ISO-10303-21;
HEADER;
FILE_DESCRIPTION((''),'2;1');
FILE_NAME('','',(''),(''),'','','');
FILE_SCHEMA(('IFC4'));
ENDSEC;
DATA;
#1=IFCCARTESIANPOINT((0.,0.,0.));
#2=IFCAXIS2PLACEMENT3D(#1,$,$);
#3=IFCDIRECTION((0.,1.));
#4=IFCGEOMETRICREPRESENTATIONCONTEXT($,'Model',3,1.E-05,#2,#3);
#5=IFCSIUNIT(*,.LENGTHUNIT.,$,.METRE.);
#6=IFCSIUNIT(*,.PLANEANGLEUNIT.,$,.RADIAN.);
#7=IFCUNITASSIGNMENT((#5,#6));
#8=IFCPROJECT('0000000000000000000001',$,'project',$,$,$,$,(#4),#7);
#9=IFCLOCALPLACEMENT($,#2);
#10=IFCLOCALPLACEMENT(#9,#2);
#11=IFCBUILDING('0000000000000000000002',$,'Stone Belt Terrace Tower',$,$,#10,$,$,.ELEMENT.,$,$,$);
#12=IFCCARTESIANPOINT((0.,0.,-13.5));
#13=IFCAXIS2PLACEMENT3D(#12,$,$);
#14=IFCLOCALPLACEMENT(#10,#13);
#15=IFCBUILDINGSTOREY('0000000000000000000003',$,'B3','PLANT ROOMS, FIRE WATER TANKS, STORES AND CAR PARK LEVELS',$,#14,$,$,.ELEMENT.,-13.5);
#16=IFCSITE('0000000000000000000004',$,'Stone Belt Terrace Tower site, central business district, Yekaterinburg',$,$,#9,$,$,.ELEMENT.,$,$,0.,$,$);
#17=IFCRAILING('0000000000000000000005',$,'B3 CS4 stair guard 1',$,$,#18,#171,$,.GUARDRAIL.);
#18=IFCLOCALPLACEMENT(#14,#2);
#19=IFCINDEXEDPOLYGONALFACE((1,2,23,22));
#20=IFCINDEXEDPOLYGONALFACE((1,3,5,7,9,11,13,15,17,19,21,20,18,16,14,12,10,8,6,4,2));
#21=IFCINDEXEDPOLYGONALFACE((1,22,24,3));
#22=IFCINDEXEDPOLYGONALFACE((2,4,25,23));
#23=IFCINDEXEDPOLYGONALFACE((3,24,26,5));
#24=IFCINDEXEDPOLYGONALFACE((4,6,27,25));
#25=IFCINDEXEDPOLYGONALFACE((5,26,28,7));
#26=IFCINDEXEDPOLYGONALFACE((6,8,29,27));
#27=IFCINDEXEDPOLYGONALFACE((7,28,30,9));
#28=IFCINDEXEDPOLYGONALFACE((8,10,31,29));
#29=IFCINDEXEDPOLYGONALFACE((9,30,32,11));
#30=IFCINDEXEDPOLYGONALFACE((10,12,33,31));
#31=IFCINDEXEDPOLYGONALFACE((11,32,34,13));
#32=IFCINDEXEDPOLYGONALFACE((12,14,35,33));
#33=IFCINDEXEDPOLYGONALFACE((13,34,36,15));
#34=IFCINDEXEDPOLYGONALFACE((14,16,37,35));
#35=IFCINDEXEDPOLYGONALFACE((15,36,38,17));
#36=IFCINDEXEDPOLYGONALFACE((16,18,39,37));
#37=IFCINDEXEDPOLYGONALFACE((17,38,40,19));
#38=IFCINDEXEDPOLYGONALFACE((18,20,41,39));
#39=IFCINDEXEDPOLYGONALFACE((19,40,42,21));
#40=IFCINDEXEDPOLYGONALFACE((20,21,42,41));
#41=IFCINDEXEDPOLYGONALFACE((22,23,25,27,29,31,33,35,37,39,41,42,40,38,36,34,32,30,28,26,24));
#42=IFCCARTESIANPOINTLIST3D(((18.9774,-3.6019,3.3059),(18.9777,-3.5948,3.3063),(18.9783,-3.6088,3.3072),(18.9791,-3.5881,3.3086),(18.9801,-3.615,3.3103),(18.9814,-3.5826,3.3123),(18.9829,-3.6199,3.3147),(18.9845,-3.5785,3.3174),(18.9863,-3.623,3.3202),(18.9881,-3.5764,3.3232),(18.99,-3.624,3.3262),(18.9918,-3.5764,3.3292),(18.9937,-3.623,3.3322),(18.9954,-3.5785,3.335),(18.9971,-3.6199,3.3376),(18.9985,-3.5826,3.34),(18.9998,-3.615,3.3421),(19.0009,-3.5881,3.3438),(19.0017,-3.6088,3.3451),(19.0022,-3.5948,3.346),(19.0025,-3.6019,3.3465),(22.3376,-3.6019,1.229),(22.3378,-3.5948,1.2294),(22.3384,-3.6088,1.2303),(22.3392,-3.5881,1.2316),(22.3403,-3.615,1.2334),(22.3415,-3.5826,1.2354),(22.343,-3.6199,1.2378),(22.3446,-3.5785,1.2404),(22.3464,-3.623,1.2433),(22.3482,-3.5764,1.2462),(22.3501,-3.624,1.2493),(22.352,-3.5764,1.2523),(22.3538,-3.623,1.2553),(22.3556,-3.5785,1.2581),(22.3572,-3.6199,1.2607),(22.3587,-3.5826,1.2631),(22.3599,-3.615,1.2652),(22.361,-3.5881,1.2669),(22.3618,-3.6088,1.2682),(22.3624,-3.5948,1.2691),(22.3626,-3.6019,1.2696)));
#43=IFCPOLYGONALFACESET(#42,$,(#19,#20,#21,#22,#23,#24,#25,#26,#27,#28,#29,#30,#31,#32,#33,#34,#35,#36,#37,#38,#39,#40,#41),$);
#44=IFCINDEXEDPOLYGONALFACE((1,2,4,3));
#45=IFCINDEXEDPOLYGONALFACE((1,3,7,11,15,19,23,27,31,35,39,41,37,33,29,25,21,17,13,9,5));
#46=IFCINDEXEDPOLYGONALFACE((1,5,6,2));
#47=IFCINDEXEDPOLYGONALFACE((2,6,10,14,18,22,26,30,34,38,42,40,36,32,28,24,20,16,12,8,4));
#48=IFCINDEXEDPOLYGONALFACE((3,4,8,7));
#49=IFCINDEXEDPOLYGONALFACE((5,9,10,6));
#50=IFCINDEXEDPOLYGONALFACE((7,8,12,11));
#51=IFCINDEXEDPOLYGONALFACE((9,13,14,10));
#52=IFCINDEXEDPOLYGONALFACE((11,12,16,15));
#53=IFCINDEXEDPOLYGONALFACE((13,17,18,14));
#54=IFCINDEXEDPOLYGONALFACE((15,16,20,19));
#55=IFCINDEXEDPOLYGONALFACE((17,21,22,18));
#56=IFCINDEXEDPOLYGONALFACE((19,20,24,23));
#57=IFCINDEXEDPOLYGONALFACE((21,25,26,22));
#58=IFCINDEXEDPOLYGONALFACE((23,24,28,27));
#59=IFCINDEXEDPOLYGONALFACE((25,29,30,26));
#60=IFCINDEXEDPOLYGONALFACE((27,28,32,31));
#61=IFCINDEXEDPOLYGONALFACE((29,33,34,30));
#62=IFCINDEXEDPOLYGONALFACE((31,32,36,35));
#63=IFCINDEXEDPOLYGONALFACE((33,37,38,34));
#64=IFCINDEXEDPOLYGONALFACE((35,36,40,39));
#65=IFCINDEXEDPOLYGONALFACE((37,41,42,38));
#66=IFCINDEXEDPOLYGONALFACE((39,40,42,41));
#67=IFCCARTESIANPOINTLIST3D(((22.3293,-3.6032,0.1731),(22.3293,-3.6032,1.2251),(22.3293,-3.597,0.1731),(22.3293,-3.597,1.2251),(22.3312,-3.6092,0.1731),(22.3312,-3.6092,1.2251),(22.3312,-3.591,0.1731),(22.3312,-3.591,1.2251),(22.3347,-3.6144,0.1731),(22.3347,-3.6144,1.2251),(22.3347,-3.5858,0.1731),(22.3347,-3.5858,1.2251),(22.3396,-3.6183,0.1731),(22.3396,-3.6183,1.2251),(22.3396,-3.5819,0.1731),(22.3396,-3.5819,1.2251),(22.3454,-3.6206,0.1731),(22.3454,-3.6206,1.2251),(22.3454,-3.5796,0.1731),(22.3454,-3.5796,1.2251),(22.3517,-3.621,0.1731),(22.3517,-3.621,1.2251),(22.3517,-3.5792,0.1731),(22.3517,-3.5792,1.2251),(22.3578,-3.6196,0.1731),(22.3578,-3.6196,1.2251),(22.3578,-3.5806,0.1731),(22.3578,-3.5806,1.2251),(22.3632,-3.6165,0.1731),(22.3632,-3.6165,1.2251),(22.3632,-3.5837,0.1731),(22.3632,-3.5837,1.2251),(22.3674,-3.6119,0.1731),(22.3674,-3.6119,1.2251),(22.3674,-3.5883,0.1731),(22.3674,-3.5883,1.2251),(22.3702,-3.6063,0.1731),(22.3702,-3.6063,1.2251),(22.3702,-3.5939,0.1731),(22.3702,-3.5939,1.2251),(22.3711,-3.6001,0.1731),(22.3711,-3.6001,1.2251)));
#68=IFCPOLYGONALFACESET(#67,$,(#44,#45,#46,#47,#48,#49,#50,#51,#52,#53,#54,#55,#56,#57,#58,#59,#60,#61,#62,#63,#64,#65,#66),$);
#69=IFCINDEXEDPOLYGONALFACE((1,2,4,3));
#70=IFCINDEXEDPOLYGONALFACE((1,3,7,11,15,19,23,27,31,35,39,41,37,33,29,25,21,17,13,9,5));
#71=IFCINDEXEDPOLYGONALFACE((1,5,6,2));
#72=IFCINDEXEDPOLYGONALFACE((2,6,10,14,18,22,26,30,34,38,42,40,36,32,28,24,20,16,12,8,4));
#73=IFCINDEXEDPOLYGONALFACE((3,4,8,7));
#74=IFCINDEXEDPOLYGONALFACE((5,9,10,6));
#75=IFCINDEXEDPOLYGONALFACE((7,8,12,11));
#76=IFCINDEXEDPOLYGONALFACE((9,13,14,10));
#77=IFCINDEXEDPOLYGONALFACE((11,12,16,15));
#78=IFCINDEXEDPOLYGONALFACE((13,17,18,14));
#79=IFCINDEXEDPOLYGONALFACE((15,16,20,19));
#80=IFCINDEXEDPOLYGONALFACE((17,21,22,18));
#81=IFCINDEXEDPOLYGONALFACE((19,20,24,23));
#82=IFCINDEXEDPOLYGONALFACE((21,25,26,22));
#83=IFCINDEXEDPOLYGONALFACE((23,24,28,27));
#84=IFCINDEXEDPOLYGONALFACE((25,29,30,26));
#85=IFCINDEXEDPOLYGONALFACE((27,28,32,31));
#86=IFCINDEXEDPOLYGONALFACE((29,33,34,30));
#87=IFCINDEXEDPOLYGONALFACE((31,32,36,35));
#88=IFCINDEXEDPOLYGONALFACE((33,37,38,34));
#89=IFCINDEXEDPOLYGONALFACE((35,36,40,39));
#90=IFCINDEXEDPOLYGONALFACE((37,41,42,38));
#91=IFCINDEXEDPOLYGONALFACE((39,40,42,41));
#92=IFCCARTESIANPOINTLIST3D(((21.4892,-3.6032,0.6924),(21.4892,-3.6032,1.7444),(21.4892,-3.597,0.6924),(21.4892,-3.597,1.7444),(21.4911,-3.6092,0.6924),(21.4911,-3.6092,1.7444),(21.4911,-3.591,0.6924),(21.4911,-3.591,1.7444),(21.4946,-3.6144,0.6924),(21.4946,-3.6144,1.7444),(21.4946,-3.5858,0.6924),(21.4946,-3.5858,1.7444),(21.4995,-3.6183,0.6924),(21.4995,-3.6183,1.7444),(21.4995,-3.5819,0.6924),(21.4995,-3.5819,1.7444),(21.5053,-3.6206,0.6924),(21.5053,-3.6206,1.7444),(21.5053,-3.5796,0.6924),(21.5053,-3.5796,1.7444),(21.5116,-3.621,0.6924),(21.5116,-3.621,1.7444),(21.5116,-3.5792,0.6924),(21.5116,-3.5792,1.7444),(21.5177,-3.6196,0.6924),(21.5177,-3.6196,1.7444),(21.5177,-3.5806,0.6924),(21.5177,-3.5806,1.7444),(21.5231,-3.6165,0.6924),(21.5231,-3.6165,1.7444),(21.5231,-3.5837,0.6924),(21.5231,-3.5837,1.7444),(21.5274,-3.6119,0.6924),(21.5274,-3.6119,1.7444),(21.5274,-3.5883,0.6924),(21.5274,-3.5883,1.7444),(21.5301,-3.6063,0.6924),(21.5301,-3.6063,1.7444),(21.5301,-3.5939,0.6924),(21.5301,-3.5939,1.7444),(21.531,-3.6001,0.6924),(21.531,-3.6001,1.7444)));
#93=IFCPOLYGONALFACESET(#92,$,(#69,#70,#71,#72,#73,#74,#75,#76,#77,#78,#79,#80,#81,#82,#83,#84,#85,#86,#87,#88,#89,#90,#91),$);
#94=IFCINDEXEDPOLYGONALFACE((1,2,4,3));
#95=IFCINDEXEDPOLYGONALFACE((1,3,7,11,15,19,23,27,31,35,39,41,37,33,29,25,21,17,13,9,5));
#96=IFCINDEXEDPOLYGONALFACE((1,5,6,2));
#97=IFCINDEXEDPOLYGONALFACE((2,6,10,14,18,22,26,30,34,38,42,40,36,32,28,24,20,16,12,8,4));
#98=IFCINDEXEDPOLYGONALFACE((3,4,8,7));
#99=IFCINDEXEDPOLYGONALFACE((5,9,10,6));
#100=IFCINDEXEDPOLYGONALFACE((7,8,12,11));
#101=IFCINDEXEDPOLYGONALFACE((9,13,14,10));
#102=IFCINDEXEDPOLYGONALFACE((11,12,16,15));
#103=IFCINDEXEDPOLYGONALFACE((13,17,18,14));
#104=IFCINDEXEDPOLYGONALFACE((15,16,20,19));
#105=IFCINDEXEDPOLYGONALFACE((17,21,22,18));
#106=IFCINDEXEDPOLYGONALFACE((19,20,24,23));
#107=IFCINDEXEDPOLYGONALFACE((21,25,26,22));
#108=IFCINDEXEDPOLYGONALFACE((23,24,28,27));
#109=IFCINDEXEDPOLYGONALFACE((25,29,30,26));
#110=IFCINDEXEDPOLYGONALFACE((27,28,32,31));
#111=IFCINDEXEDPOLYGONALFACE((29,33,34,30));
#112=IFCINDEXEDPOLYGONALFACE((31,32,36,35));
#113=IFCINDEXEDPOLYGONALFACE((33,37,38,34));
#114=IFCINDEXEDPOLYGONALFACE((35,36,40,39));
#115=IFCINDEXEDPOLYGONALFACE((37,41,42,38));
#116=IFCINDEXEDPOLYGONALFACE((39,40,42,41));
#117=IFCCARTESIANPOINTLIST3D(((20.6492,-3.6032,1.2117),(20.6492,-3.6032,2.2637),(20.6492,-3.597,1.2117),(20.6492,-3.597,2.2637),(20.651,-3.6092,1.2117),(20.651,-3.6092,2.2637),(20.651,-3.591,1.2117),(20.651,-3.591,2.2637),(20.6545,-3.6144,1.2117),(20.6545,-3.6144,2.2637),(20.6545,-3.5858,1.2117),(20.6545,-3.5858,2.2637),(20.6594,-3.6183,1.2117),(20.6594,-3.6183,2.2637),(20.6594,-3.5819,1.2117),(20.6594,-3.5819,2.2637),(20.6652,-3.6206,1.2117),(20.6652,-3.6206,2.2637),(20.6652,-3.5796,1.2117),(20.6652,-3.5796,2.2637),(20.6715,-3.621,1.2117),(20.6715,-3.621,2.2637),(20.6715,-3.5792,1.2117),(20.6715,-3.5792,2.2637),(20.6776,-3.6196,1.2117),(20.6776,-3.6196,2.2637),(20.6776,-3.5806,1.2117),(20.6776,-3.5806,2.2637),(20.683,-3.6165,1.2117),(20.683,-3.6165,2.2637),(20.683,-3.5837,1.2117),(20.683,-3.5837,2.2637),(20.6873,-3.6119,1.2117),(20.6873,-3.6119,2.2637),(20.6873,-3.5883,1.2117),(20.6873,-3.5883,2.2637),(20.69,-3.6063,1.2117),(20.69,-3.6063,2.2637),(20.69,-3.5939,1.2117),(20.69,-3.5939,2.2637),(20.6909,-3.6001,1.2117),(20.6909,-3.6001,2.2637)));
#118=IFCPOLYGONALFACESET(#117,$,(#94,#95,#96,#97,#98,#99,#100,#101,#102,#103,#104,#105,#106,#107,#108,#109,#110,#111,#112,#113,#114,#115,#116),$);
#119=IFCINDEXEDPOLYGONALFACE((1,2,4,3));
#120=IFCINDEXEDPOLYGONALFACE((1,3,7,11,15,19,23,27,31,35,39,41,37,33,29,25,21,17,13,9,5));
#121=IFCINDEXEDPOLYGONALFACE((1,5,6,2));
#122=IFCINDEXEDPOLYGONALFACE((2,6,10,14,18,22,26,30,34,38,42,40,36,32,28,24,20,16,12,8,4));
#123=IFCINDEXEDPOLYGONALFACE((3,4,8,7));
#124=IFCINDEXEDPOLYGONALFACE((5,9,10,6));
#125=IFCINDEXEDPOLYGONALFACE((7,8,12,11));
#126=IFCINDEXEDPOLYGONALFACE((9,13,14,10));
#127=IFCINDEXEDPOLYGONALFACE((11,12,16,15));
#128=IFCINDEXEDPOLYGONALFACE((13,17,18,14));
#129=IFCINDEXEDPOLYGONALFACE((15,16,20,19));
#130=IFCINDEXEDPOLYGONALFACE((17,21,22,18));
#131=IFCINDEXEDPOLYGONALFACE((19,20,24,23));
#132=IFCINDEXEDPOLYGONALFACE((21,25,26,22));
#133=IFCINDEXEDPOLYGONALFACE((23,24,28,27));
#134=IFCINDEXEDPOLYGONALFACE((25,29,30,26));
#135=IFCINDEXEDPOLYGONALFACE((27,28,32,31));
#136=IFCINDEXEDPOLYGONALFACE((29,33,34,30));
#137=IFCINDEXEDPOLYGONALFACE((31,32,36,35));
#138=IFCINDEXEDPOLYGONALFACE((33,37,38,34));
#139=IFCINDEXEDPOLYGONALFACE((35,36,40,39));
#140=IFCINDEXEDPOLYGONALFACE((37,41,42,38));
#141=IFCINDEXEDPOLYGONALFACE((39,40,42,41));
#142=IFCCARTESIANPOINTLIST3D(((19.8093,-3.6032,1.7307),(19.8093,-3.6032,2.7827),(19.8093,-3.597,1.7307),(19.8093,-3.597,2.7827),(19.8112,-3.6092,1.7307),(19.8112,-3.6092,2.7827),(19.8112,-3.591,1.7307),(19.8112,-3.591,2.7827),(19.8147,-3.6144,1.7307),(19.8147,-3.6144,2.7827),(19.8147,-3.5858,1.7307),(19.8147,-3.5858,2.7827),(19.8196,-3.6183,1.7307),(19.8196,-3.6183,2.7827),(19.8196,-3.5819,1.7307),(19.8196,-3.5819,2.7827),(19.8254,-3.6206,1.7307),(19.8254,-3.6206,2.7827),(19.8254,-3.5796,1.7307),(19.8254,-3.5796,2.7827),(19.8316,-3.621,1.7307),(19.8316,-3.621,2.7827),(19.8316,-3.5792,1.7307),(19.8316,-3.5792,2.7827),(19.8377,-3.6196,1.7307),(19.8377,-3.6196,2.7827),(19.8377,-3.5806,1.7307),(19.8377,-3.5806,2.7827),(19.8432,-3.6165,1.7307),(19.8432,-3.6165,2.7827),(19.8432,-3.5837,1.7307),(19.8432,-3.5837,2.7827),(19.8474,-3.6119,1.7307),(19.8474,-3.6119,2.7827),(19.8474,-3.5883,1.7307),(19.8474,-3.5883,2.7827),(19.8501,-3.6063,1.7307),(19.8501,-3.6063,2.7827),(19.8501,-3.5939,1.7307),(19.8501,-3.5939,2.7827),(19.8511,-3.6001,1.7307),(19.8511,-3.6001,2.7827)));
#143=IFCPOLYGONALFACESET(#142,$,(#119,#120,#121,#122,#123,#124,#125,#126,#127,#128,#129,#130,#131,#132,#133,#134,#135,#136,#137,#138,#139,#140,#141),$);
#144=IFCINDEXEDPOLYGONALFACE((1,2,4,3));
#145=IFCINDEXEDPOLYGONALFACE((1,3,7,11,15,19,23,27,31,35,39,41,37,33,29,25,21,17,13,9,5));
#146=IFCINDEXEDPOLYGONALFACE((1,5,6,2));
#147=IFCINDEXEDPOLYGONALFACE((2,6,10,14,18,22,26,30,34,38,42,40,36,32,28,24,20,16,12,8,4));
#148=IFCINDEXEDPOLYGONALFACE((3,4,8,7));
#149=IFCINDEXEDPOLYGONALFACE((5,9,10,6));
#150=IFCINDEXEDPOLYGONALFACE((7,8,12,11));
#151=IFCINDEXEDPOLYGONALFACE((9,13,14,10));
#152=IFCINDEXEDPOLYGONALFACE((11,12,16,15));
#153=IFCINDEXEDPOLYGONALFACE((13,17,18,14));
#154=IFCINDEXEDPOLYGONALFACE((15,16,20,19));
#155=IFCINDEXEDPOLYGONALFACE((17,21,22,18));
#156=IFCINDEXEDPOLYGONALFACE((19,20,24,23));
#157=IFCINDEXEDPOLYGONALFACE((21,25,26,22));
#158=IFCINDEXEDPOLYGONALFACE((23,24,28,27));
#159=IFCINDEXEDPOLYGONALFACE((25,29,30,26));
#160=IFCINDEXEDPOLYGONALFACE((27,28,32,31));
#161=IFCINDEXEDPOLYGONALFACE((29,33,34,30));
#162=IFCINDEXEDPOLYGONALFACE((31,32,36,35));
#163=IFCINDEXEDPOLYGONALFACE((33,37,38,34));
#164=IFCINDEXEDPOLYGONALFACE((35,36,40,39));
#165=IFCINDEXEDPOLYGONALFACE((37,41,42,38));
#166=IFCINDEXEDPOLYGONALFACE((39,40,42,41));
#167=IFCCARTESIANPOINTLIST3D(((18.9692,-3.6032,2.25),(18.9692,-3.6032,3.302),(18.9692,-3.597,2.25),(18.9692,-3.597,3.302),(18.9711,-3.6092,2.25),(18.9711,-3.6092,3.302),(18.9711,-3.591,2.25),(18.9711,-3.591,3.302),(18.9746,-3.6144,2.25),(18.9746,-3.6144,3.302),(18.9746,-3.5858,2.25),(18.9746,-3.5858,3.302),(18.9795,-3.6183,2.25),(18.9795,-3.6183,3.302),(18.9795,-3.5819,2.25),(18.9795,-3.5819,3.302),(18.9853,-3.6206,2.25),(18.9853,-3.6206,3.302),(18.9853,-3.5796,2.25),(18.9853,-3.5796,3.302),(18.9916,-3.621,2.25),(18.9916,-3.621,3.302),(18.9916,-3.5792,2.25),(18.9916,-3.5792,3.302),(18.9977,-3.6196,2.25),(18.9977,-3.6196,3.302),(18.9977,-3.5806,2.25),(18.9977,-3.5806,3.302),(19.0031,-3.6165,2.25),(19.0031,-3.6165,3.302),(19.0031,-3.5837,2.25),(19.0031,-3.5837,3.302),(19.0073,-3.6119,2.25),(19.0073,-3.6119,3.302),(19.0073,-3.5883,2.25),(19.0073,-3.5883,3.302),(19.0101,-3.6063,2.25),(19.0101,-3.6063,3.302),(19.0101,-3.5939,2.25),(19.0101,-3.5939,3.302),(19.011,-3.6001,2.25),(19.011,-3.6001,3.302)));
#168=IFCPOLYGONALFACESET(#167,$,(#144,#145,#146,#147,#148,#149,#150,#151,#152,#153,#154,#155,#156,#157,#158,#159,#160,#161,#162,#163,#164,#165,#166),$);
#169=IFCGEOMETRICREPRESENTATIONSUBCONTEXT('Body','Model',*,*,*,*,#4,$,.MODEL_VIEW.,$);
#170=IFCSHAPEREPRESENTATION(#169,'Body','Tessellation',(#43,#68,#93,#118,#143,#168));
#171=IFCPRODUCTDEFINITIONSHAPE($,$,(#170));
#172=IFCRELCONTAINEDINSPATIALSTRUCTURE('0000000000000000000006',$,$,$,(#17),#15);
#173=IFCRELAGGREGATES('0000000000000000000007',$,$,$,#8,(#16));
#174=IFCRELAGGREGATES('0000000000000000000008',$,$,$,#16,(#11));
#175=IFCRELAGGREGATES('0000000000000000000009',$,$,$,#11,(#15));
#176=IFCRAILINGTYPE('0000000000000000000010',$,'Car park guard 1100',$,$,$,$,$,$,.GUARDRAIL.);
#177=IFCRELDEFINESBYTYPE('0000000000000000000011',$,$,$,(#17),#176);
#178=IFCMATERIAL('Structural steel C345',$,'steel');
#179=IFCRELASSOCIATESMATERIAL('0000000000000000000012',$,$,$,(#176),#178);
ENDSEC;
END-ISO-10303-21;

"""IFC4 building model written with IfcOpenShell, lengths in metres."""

from ifc_helpers import new_model, si_unit, direction, frame, origin, origin_2d, place, context, subcontext, project, spatial, circle, extrude, material, type_object, element, save


model = new_model("IFC4")

# Units and contexts
model_context = context("Model", 3, precision=1e-05, world=origin(), true_north=direction((0.0, 1.0)))
body_context = subcontext(model_context, "Body", "Model", "MODEL_VIEW")
ifc_project = project(units=[si_unit("LENGTHUNIT", "METRE"), si_unit("PLANEANGLEUNIT", "RADIAN")], contexts=[model_context])

# Site, building, storey
site_placement = place(None, origin())
site = spatial("IfcSite", under=ifc_project, at=site_placement, Name="Stone Belt Terrace Tower site, central business district, Yekaterinburg", CompositionType="ELEMENT", RefElevation=0.0)
building_placement = place(site_placement, origin())
building = spatial("IfcBuilding", under=site, at=building_placement, Name="Stone Belt Terrace Tower", CompositionType="ELEMENT")
storey_placement = place(building_placement, frame((0.0, 0.0, -13.5)))
storey = spatial("IfcBuildingStorey", under=building, at=storey_placement, Name="B3", Description="PLANT ROOMS, FIRE WATER TANKS, STORES AND CAR PARK LEVELS", CompositionType="ELEMENT", Elevation=-13.5)

# Railing
ifc_material_1 = material(Name="Structural steel C345", Category="steel")
railing_type_1 = type_object("IfcRailingType", Name="Car park guard 1100", PredefinedType="GUARDRAIL", material=ifc_material_1)
railing_1_placement = place(storey_placement, frame((22.3501, -3.6001, 0.1731)))
element("IfcRailing", 1, at=railing_1_placement, inside=storey, type_object=railing_type_1, Name="B3 CS4 stair guard 1", PredefinedType="GUARDRAIL", context=body_context, shape_type="SweptSolid", body=[
    extrude(circle(Radius=0.0239, at=origin_2d()), frame((0.0, 0.0, 1.0762), z_axis=(-0.850623, 0.0, 0.525776), x_axis=(0.0, -1.0, 0.0)), (0.0, 0.0, 1.0), 3.9502),
    extrude(circle(Radius=0.021, at=origin_2d()), origin(), (0.0, 0.0, 1.0), 1.052),
    extrude(circle(Radius=0.021, at=origin_2d()), frame((-0.8401, 0.0, 0.5193)), (0.0, 0.0, 1.0), 1.052),
    extrude(circle(Radius=0.021, at=origin_2d()), frame((-1.6802, 0.0, 1.0386)), (0.0, 0.0, 1.0), 1.052),
    extrude(circle(Radius=0.021, at=origin_2d()), frame((-2.52, 0.0, 1.5576)), (0.0, 0.0, 1.0), 1.052),
    extrude(circle(Radius=0.021, at=origin_2d()), frame((-3.3601, 0.0, 2.0769)), (0.0, 0.0, 1.0), 1.052),
])

save(model, "model.ifc")
